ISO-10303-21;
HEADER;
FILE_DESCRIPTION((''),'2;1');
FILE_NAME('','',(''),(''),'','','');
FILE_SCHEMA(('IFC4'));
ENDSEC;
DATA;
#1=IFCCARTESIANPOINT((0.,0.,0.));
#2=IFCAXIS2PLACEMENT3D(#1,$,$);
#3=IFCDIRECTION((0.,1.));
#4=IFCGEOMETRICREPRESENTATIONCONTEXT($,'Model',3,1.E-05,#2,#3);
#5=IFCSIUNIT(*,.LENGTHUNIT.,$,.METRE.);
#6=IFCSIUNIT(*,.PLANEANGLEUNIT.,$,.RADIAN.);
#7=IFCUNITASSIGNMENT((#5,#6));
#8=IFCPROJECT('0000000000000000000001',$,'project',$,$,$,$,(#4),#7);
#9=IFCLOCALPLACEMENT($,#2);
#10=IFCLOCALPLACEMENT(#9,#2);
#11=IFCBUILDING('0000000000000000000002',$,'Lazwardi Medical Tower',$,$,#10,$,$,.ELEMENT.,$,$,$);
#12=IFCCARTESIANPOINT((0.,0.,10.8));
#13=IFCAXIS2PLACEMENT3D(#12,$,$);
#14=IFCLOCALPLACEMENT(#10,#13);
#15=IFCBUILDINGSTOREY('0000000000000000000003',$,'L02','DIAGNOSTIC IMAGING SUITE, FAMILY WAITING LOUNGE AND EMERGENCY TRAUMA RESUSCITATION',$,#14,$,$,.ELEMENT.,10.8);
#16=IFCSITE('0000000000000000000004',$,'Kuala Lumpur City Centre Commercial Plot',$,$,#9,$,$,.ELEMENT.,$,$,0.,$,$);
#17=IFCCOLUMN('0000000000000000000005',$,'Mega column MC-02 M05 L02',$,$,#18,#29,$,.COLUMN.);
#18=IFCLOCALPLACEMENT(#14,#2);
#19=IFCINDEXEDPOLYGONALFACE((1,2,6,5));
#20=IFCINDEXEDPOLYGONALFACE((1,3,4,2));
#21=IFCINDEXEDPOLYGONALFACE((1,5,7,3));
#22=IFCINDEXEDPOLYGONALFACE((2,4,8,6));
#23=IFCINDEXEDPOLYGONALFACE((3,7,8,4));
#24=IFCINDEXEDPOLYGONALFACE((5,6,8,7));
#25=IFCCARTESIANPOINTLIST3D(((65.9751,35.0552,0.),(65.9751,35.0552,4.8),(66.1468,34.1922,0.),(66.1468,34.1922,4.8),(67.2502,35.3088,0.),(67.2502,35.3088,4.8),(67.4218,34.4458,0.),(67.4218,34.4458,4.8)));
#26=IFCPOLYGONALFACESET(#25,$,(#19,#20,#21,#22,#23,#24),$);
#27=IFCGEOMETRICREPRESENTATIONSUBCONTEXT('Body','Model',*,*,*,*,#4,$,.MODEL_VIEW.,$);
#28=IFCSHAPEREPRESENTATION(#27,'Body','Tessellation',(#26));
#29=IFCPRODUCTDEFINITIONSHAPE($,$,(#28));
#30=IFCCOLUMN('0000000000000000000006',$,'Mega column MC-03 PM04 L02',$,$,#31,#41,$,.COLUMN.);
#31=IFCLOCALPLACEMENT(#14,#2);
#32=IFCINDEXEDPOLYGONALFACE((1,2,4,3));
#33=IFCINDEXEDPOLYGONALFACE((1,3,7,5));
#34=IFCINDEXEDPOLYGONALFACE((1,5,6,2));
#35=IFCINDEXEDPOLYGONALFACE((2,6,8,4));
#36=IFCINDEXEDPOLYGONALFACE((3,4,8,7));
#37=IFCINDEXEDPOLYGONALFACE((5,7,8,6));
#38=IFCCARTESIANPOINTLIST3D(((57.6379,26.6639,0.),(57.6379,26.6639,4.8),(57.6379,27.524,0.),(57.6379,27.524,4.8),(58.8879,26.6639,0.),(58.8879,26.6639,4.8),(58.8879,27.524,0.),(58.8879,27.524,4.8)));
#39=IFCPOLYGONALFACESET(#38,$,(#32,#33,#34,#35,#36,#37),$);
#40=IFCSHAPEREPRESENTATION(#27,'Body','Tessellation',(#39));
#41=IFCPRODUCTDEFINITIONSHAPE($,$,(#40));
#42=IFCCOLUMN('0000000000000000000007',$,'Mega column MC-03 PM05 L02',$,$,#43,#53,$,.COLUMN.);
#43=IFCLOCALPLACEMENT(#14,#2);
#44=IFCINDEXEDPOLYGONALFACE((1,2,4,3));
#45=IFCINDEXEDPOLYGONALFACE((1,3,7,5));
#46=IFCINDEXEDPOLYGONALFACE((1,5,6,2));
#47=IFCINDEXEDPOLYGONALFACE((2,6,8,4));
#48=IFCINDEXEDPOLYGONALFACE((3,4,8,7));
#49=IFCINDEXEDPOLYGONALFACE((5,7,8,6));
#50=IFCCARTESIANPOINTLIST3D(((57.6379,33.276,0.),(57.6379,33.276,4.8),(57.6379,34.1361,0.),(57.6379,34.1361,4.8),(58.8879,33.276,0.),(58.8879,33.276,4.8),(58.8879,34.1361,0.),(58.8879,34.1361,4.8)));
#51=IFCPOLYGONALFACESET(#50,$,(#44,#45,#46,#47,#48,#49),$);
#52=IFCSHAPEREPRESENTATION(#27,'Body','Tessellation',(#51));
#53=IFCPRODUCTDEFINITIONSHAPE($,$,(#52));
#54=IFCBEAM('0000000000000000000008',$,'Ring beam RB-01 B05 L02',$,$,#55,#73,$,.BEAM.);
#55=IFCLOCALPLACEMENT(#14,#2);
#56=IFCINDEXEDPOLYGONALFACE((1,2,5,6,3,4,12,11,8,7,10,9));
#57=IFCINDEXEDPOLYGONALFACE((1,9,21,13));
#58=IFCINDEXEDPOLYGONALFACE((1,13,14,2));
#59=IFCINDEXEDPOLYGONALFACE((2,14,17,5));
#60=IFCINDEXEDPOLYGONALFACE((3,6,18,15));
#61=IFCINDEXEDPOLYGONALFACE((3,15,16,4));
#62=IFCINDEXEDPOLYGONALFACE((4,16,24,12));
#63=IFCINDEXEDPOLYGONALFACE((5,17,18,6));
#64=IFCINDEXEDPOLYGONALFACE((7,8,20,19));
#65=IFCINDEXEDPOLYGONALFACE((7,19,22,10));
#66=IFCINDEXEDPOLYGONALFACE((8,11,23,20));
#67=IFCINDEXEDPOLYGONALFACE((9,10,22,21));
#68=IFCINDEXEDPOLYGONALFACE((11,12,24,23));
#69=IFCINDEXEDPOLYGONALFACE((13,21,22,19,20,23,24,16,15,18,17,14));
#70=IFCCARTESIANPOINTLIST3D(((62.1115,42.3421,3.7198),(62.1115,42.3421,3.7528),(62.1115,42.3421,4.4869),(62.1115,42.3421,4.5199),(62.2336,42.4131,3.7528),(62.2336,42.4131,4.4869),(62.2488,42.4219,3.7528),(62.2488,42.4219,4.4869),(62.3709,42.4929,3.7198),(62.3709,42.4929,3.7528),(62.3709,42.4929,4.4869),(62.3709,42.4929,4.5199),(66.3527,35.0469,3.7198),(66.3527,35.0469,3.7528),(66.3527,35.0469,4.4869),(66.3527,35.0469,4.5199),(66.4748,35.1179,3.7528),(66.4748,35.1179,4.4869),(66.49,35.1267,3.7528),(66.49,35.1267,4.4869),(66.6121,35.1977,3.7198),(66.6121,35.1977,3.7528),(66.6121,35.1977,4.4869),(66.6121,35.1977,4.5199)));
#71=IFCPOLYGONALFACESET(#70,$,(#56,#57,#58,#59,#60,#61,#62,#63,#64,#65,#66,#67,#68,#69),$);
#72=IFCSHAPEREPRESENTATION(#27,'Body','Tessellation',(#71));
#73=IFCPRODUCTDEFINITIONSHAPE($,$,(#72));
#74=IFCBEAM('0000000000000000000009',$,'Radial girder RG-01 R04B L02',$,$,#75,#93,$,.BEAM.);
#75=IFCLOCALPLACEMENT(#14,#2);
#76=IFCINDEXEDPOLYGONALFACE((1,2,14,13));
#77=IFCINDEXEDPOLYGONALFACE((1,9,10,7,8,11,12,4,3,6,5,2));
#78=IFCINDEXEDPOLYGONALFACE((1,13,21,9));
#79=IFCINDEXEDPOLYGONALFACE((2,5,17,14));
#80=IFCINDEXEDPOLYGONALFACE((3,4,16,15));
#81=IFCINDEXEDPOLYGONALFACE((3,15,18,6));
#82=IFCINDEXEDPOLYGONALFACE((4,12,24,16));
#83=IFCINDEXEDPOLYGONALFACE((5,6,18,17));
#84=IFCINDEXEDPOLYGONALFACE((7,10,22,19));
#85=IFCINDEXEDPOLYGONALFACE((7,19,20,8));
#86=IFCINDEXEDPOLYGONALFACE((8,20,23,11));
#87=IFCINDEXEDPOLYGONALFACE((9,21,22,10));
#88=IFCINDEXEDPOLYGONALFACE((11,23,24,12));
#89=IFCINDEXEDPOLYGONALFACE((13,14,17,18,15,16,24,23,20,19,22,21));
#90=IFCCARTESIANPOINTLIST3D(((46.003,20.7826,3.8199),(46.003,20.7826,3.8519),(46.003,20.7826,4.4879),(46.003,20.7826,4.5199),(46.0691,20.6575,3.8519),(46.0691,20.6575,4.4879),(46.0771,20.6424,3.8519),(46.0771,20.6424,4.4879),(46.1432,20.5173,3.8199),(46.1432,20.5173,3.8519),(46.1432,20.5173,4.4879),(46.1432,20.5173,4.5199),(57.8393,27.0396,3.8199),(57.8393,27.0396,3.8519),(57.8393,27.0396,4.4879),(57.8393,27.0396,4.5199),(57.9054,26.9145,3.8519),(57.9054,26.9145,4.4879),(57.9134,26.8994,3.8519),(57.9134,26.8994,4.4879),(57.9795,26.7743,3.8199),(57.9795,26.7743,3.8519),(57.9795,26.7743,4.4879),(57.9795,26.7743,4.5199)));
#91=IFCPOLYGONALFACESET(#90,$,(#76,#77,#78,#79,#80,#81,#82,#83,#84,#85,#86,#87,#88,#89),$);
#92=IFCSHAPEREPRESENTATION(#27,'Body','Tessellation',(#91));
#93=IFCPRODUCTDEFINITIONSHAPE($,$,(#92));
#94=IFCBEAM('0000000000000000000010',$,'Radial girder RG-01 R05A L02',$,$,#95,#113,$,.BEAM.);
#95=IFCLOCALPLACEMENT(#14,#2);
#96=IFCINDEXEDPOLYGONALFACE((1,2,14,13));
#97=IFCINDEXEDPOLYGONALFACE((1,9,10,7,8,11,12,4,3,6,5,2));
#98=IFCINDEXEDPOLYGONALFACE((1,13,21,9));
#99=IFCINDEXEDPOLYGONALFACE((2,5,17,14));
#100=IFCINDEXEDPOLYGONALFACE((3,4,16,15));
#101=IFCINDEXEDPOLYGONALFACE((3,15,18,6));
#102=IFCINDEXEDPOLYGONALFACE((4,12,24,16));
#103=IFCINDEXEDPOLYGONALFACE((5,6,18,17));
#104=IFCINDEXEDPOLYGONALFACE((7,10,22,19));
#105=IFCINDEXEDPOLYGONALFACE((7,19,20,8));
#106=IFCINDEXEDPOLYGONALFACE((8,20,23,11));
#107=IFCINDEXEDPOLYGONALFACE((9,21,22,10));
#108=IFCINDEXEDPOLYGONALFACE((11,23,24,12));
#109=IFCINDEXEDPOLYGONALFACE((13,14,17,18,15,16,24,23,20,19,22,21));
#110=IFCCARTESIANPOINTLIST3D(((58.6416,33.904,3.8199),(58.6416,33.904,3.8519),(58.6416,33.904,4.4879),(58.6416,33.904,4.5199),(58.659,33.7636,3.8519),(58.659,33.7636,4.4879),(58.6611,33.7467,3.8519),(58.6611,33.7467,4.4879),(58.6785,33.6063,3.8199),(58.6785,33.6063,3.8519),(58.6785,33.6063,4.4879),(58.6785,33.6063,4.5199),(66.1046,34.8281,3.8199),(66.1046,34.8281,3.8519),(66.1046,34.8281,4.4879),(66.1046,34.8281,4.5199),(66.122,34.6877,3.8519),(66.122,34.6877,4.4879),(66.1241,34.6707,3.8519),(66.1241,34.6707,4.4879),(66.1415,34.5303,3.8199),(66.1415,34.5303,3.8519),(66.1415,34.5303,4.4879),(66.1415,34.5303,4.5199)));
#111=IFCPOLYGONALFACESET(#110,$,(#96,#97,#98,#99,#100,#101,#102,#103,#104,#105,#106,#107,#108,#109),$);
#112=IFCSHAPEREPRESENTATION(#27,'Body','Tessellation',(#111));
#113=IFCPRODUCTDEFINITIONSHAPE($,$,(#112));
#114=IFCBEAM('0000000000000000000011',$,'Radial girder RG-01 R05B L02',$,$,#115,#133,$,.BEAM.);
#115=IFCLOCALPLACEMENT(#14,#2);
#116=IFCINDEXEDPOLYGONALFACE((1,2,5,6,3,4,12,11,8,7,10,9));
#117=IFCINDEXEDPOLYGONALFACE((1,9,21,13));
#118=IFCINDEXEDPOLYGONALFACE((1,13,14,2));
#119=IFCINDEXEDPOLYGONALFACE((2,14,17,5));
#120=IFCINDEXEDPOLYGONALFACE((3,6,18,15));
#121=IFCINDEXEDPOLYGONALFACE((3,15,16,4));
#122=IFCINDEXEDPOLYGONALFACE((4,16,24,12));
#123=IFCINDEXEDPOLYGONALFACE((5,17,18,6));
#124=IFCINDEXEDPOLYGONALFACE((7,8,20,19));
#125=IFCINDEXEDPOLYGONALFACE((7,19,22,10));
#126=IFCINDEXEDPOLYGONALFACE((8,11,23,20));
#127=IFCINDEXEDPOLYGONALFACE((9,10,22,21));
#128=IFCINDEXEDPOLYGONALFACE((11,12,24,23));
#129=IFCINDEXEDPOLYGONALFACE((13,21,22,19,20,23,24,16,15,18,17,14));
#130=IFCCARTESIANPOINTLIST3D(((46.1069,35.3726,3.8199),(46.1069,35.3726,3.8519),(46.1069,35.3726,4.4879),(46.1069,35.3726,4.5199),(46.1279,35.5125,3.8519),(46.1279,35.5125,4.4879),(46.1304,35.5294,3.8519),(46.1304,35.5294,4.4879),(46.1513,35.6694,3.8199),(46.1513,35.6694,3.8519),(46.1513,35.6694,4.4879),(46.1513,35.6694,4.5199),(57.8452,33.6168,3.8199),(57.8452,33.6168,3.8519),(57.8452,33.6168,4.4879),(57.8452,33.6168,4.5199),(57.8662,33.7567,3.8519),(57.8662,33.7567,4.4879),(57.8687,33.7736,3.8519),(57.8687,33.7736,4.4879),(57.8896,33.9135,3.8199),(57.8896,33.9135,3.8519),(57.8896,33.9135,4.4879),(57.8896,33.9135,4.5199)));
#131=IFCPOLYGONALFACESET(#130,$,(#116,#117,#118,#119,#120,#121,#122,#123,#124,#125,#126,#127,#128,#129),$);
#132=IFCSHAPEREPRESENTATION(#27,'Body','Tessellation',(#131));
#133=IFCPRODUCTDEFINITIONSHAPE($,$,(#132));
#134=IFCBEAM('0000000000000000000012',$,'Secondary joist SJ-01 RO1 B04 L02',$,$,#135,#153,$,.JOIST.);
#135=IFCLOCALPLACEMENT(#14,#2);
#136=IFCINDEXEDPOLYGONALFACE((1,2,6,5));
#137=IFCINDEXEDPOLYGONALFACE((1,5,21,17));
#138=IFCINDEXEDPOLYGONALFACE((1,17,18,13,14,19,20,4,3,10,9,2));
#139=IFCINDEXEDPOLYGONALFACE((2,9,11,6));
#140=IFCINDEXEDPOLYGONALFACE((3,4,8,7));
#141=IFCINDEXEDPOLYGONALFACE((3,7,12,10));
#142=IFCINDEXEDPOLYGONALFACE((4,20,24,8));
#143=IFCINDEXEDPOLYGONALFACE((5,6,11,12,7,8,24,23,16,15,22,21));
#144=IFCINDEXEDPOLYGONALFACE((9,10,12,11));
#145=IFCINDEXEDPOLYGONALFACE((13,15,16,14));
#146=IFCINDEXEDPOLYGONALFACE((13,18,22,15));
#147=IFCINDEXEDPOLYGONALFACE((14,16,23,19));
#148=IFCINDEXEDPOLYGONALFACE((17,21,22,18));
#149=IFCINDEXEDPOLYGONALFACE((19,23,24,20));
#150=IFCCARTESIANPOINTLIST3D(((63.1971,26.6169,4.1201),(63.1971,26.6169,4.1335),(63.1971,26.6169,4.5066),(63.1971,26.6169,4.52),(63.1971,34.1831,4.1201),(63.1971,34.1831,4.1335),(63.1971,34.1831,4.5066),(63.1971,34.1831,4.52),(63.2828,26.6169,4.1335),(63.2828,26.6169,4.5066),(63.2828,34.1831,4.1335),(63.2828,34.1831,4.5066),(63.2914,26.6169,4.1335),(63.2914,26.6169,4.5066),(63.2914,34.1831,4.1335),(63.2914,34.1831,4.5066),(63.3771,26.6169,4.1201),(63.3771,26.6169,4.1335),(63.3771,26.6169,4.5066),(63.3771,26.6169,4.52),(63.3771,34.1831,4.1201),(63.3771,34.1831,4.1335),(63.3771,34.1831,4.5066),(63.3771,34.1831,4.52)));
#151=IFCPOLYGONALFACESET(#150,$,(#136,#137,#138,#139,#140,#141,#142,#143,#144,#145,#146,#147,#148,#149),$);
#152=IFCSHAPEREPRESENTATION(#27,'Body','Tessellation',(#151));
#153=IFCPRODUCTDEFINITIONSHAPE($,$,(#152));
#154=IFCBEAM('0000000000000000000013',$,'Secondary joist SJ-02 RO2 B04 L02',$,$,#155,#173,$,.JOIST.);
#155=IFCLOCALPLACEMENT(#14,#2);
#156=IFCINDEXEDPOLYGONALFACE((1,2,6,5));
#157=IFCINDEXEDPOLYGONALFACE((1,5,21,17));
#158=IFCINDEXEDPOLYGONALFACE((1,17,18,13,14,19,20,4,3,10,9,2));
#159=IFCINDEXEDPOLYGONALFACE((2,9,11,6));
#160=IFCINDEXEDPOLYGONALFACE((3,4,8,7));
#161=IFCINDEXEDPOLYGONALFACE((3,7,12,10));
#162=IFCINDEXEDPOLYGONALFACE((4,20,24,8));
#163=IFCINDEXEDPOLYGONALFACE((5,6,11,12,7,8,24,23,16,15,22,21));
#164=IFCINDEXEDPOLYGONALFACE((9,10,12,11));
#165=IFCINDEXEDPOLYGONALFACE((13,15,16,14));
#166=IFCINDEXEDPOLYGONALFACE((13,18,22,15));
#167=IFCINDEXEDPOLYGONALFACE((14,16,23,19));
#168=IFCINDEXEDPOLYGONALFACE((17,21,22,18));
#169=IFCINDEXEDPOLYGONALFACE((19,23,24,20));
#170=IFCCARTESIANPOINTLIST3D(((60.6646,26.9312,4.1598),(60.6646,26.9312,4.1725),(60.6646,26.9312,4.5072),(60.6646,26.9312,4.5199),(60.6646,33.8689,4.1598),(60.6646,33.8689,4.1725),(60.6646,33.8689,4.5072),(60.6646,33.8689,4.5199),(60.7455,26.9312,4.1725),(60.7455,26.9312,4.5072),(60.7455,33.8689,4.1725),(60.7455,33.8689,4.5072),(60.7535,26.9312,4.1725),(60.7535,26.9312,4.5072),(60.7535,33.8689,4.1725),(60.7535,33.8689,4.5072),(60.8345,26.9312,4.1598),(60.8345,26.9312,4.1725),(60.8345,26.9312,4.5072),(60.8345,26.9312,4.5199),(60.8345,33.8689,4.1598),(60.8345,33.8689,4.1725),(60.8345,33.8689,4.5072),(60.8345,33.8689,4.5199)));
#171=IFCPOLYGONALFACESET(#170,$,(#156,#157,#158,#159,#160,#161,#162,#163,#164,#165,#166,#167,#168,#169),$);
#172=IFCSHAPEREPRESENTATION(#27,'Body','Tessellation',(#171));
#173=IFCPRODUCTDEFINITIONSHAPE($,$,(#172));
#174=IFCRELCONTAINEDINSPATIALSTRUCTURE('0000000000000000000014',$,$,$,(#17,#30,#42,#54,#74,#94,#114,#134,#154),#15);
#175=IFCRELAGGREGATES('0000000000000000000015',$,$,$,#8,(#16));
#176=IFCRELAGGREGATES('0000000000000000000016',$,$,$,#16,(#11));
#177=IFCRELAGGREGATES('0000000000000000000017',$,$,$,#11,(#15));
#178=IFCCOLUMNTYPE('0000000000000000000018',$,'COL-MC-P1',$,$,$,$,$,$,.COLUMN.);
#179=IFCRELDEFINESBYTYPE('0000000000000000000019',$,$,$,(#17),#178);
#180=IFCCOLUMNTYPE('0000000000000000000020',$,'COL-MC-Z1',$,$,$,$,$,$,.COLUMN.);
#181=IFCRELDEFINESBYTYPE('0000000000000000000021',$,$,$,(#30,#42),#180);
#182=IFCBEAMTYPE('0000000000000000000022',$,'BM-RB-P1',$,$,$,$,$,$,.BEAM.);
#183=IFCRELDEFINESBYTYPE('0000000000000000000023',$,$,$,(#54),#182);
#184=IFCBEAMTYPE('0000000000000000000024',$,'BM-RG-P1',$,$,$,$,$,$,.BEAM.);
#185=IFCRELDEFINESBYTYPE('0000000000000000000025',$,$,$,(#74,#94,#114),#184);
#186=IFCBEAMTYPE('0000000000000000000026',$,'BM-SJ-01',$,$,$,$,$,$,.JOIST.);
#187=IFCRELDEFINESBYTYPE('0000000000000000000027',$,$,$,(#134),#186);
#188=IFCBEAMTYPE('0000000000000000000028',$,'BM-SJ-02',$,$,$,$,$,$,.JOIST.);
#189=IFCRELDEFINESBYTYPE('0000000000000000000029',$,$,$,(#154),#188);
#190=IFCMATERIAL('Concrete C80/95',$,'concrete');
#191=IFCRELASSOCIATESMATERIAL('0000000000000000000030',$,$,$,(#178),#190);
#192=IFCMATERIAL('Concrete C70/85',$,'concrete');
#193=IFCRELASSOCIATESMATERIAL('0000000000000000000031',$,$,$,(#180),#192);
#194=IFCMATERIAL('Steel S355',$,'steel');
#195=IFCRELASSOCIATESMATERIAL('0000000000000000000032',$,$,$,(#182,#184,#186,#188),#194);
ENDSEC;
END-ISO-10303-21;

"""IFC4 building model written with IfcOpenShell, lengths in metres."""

from ifc_helpers import new_model, si_unit, direction, frame, origin, origin_2d, place, context, subcontext, project, spatial, rectangle, i_section, extrude, material, material_profile, profile_set, type_object, element, save


model = new_model("IFC4")

# Units and contexts
model_context = context("Model", 3, precision=1e-05, world=origin(), true_north=direction((0.0, 1.0)))
body_context = subcontext(model_context, "Body", "Model", "MODEL_VIEW")
ifc_project = project(units=[si_unit("LENGTHUNIT", "METRE"), si_unit("PLANEANGLEUNIT", "RADIAN")], contexts=[model_context])

# Site, building, storey
site_placement = place(None, origin())
site = spatial("IfcSite", under=ifc_project, at=site_placement, Name="Kuala Lumpur City Centre Commercial Plot", CompositionType="ELEMENT", RefElevation=0.0)
building_placement = place(site_placement, origin())
building = spatial("IfcBuilding", under=site, at=building_placement, Name="Lazwardi Medical Tower", CompositionType="ELEMENT")
storey_placement = place(building_placement, frame((0.0, 0.0, 10.8)))
storey = spatial("IfcBuildingStorey", under=building, at=storey_placement, Name="L02", Description="DIAGNOSTIC IMAGING SUITE, FAMILY WAITING LOUNGE AND EMERGENCY TRAUMA RESUSCITATION", CompositionType="ELEMENT", Elevation=10.8)

# Columns
ifc_material_1 = material(Name="Concrete C80/95", Category="concrete")
ifc_material_profile_1 = material_profile(ifc_material_1, rectangle(XDim=1.3, YDim=0.8799, at=origin_2d()), Name="CFT-RECT 1300x880")
ifc_profile_set_1 = profile_set([ifc_material_profile_1], Name="Concrete C80/95")
column_type_1 = type_object("IfcColumnType", Name="COL-MC-P1", PredefinedType="COLUMN", material=ifc_profile_set_1)
column_placement = place(storey_placement, frame((66.6985, 34.7505, 0.0), z_axis=(0.0, 0.0, 1.0), x_axis=(0.980785, 0.19509, 0.0)))
element("IfcColumn", 1, at=column_placement, inside=storey, type_object=column_type_1, Name="Mega column MC-02 M05 L02", PredefinedType="COLUMN", context=body_context, shape_type="SweptSolid", body=[
    extrude(rectangle(XDim=1.3, YDim=0.8799, at=origin_2d()), origin(), (0.0, 0.0, 1.0), 4.8),
])
ifc_material_2 = material(Name="Concrete C70/85", Category="concrete")
ifc_material_profile_2 = material_profile(ifc_material_2, rectangle(XDim=1.25, YDim=0.8601, at=origin_2d()), Name="CFT-RECT 1250x860")
ifc_profile_set_2 = profile_set([ifc_material_profile_2], Name="Concrete C70/85")
column_type_2 = type_object("IfcColumnType", Name="COL-MC-Z1", PredefinedType="COLUMN", material=ifc_profile_set_2)
for number, where, z_axis, x_axis, name in (
    (2, (58.2629, 27.094, 0.0), (0.0, 0.0, 1.0), (1.0, 0.0, 0.0), "Mega column MC-03 PM04 L02"),
    (3, (58.2629, 33.7061, 0.0), (0.0, 0.0, 1.0), (1.0, 0.0, 0.0), "Mega column MC-03 PM05 L02"),
):
    element("IfcColumn", number, at=place(storey_placement, frame(where, z_axis=z_axis, x_axis=x_axis)), inside=storey, type_object=column_type_2, Name=name, PredefinedType="COLUMN", context=body_context, shape_type="SweptSolid", body=[
        extrude(rectangle(XDim=1.25, YDim=0.8601, at=origin_2d()), origin(), (0.0, 0.0, 1.0), 4.8),
    ])

# Beams
ifc_material_3 = material(Name="Steel S355", Category="steel")
ifc_material_profile_3 = material_profile(ifc_material_3, i_section(OverallWidth=0.3, OverallDepth=0.8, WebThickness=0.0176, FlangeThickness=0.033, at=origin_2d()), Name="HEB 800")
ifc_profile_set_3 = profile_set([ifc_material_profile_3], Name="Steel S355")
beam_type_1 = type_object("IfcBeamType", Name="BM-RB-P1", PredefinedType="BEAM", material=ifc_profile_set_3)
beam_1_placement = place(storey_placement, frame((66.4824, 35.1223, 4.1199), z_axis=(-0.502606, 0.864516, 0.0), x_axis=(-0.864516, -0.502606, 0.0)))
element("IfcBeam", 4, at=beam_1_placement, inside=storey, type_object=beam_type_1, Name="Ring beam RB-01 B05 L02", PredefinedType="BEAM", context=body_context, shape_type="SweptSolid", body=[
    extrude(i_section(OverallWidth=0.3, OverallDepth=0.8, WebThickness=0.0176, FlangeThickness=0.033, at=origin_2d()), origin(), (0.0, 0.0, 1.0), 8.4385),
])
ifc_material_profile_4 = material_profile(ifc_material_3, i_section(OverallWidth=0.3, OverallDepth=0.7, WebThickness=0.0171, FlangeThickness=0.032, at=origin_2d()), Name="HEB 700")
ifc_profile_set_4 = profile_set([ifc_material_profile_4], Name="Steel S355")
beam_type_2 = type_object("IfcBeamType", Name="BM-RG-P1", PredefinedType="BEAM", material=ifc_profile_set_4)
beam_2_placement = place(storey_placement, frame((57.9094, 26.907, 4.1699), z_axis=(-0.884074, -0.467347, 0.0), x_axis=(0.467347, -0.884074, 0.0)))
element("IfcBeam", 5, at=beam_2_placement, inside=storey, type_object=beam_type_2, Name="Radial girder RG-01 R04B L02", PredefinedType="BEAM", context=body_context, shape_type="SweptSolid", body=[
    extrude(i_section(OverallWidth=0.3, OverallDepth=0.7, WebThickness=0.0171, FlangeThickness=0.032, at=origin_2d()), origin(), (0.0, 0.0, 1.0), 13.3884),
])
beam_3_placement = place(storey_placement, frame((66.123, 34.6792, 4.1699), z_axis=(-0.992422, -0.12288, 0.0), x_axis=(0.12288, -0.992422, 0.0)))
element("IfcBeam", 6, at=beam_3_placement, inside=storey, type_object=beam_type_2, Name="Radial girder RG-01 R05A L02", PredefinedType="BEAM", context=body_context, shape_type="SweptSolid", body=[
    extrude(i_section(OverallWidth=0.3, OverallDepth=0.7, WebThickness=0.0171, FlangeThickness=0.032, at=origin_2d()), origin(), (0.0, 0.0, 1.0), 7.52),
])
beam_4_placement = place(storey_placement, frame((57.8674, 33.7651, 4.1699), z_axis=(-0.988997, 0.147938, 0.0), x_axis=(-0.147938, -0.988997, 0.0)))
element("IfcBeam", 7, at=beam_4_placement, inside=storey, type_object=beam_type_2, Name="Radial girder RG-01 R05B L02", PredefinedType="BEAM", context=body_context, shape_type="SweptSolid", body=[
    extrude(i_section(OverallWidth=0.3, OverallDepth=0.7, WebThickness=0.0171, FlangeThickness=0.032, at=origin_2d()), origin(), (0.0, 0.0, 1.0), 11.8689),
])
ifc_material_profile_5 = material_profile(ifc_material_3, i_section(OverallWidth=0.1799, OverallDepth=0.3999, WebThickness=0.0085, FlangeThickness=0.0134, at=origin_2d()), Name="IPE 400")
ifc_profile_set_5 = profile_set([ifc_material_profile_5], Name="Steel S355")
beam_type_3 = type_object("IfcBeamType", Name="BM-SJ-01", PredefinedType="JOIST", material=ifc_profile_set_5)
beam_5_placement = place(storey_placement, frame((63.2871, 26.6169, 4.3201), z_axis=(0.0, 1.0, 0.0), x_axis=(-1.0, 0.0, 0.0)))
element("IfcBeam", 8, at=beam_5_placement, inside=storey, type_object=beam_type_3, Name="Secondary joist SJ-01 RO1 B04 L02", PredefinedType="JOIST", context=body_context, shape_type="SweptSolid", body=[
    extrude(i_section(OverallWidth=0.1799, OverallDepth=0.3999, WebThickness=0.0085, FlangeThickness=0.0134, at=origin_2d()), origin(), (0.0, 0.0, 1.0), 7.5662),
])
ifc_material_profile_6 = material_profile(ifc_material_3, i_section(OverallWidth=0.1699, OverallDepth=0.3601, WebThickness=0.0081, FlangeThickness=0.0127, at=origin_2d()), Name="IPE 360")
ifc_profile_set_6 = profile_set([ifc_material_profile_6], Name="Steel S355")
beam_type_4 = type_object("IfcBeamType", Name="BM-SJ-02", PredefinedType="JOIST", material=ifc_profile_set_6)
beam_6_placement = place(storey_placement, frame((60.7495, 26.9312, 4.3398), z_axis=(0.0, 1.0, 0.0), x_axis=(-1.0, 0.0, 0.0)))
element("IfcBeam", 9, at=beam_6_placement, inside=storey, type_object=beam_type_4, Name="Secondary joist SJ-02 RO2 B04 L02", PredefinedType="JOIST", context=body_context, shape_type="SweptSolid", body=[
    extrude(i_section(OverallWidth=0.1699, OverallDepth=0.3601, WebThickness=0.0081, FlangeThickness=0.0127, at=origin_2d()), origin(), (0.0, 0.0, 1.0), 6.9377),
])

save(model, "model.ifc")
